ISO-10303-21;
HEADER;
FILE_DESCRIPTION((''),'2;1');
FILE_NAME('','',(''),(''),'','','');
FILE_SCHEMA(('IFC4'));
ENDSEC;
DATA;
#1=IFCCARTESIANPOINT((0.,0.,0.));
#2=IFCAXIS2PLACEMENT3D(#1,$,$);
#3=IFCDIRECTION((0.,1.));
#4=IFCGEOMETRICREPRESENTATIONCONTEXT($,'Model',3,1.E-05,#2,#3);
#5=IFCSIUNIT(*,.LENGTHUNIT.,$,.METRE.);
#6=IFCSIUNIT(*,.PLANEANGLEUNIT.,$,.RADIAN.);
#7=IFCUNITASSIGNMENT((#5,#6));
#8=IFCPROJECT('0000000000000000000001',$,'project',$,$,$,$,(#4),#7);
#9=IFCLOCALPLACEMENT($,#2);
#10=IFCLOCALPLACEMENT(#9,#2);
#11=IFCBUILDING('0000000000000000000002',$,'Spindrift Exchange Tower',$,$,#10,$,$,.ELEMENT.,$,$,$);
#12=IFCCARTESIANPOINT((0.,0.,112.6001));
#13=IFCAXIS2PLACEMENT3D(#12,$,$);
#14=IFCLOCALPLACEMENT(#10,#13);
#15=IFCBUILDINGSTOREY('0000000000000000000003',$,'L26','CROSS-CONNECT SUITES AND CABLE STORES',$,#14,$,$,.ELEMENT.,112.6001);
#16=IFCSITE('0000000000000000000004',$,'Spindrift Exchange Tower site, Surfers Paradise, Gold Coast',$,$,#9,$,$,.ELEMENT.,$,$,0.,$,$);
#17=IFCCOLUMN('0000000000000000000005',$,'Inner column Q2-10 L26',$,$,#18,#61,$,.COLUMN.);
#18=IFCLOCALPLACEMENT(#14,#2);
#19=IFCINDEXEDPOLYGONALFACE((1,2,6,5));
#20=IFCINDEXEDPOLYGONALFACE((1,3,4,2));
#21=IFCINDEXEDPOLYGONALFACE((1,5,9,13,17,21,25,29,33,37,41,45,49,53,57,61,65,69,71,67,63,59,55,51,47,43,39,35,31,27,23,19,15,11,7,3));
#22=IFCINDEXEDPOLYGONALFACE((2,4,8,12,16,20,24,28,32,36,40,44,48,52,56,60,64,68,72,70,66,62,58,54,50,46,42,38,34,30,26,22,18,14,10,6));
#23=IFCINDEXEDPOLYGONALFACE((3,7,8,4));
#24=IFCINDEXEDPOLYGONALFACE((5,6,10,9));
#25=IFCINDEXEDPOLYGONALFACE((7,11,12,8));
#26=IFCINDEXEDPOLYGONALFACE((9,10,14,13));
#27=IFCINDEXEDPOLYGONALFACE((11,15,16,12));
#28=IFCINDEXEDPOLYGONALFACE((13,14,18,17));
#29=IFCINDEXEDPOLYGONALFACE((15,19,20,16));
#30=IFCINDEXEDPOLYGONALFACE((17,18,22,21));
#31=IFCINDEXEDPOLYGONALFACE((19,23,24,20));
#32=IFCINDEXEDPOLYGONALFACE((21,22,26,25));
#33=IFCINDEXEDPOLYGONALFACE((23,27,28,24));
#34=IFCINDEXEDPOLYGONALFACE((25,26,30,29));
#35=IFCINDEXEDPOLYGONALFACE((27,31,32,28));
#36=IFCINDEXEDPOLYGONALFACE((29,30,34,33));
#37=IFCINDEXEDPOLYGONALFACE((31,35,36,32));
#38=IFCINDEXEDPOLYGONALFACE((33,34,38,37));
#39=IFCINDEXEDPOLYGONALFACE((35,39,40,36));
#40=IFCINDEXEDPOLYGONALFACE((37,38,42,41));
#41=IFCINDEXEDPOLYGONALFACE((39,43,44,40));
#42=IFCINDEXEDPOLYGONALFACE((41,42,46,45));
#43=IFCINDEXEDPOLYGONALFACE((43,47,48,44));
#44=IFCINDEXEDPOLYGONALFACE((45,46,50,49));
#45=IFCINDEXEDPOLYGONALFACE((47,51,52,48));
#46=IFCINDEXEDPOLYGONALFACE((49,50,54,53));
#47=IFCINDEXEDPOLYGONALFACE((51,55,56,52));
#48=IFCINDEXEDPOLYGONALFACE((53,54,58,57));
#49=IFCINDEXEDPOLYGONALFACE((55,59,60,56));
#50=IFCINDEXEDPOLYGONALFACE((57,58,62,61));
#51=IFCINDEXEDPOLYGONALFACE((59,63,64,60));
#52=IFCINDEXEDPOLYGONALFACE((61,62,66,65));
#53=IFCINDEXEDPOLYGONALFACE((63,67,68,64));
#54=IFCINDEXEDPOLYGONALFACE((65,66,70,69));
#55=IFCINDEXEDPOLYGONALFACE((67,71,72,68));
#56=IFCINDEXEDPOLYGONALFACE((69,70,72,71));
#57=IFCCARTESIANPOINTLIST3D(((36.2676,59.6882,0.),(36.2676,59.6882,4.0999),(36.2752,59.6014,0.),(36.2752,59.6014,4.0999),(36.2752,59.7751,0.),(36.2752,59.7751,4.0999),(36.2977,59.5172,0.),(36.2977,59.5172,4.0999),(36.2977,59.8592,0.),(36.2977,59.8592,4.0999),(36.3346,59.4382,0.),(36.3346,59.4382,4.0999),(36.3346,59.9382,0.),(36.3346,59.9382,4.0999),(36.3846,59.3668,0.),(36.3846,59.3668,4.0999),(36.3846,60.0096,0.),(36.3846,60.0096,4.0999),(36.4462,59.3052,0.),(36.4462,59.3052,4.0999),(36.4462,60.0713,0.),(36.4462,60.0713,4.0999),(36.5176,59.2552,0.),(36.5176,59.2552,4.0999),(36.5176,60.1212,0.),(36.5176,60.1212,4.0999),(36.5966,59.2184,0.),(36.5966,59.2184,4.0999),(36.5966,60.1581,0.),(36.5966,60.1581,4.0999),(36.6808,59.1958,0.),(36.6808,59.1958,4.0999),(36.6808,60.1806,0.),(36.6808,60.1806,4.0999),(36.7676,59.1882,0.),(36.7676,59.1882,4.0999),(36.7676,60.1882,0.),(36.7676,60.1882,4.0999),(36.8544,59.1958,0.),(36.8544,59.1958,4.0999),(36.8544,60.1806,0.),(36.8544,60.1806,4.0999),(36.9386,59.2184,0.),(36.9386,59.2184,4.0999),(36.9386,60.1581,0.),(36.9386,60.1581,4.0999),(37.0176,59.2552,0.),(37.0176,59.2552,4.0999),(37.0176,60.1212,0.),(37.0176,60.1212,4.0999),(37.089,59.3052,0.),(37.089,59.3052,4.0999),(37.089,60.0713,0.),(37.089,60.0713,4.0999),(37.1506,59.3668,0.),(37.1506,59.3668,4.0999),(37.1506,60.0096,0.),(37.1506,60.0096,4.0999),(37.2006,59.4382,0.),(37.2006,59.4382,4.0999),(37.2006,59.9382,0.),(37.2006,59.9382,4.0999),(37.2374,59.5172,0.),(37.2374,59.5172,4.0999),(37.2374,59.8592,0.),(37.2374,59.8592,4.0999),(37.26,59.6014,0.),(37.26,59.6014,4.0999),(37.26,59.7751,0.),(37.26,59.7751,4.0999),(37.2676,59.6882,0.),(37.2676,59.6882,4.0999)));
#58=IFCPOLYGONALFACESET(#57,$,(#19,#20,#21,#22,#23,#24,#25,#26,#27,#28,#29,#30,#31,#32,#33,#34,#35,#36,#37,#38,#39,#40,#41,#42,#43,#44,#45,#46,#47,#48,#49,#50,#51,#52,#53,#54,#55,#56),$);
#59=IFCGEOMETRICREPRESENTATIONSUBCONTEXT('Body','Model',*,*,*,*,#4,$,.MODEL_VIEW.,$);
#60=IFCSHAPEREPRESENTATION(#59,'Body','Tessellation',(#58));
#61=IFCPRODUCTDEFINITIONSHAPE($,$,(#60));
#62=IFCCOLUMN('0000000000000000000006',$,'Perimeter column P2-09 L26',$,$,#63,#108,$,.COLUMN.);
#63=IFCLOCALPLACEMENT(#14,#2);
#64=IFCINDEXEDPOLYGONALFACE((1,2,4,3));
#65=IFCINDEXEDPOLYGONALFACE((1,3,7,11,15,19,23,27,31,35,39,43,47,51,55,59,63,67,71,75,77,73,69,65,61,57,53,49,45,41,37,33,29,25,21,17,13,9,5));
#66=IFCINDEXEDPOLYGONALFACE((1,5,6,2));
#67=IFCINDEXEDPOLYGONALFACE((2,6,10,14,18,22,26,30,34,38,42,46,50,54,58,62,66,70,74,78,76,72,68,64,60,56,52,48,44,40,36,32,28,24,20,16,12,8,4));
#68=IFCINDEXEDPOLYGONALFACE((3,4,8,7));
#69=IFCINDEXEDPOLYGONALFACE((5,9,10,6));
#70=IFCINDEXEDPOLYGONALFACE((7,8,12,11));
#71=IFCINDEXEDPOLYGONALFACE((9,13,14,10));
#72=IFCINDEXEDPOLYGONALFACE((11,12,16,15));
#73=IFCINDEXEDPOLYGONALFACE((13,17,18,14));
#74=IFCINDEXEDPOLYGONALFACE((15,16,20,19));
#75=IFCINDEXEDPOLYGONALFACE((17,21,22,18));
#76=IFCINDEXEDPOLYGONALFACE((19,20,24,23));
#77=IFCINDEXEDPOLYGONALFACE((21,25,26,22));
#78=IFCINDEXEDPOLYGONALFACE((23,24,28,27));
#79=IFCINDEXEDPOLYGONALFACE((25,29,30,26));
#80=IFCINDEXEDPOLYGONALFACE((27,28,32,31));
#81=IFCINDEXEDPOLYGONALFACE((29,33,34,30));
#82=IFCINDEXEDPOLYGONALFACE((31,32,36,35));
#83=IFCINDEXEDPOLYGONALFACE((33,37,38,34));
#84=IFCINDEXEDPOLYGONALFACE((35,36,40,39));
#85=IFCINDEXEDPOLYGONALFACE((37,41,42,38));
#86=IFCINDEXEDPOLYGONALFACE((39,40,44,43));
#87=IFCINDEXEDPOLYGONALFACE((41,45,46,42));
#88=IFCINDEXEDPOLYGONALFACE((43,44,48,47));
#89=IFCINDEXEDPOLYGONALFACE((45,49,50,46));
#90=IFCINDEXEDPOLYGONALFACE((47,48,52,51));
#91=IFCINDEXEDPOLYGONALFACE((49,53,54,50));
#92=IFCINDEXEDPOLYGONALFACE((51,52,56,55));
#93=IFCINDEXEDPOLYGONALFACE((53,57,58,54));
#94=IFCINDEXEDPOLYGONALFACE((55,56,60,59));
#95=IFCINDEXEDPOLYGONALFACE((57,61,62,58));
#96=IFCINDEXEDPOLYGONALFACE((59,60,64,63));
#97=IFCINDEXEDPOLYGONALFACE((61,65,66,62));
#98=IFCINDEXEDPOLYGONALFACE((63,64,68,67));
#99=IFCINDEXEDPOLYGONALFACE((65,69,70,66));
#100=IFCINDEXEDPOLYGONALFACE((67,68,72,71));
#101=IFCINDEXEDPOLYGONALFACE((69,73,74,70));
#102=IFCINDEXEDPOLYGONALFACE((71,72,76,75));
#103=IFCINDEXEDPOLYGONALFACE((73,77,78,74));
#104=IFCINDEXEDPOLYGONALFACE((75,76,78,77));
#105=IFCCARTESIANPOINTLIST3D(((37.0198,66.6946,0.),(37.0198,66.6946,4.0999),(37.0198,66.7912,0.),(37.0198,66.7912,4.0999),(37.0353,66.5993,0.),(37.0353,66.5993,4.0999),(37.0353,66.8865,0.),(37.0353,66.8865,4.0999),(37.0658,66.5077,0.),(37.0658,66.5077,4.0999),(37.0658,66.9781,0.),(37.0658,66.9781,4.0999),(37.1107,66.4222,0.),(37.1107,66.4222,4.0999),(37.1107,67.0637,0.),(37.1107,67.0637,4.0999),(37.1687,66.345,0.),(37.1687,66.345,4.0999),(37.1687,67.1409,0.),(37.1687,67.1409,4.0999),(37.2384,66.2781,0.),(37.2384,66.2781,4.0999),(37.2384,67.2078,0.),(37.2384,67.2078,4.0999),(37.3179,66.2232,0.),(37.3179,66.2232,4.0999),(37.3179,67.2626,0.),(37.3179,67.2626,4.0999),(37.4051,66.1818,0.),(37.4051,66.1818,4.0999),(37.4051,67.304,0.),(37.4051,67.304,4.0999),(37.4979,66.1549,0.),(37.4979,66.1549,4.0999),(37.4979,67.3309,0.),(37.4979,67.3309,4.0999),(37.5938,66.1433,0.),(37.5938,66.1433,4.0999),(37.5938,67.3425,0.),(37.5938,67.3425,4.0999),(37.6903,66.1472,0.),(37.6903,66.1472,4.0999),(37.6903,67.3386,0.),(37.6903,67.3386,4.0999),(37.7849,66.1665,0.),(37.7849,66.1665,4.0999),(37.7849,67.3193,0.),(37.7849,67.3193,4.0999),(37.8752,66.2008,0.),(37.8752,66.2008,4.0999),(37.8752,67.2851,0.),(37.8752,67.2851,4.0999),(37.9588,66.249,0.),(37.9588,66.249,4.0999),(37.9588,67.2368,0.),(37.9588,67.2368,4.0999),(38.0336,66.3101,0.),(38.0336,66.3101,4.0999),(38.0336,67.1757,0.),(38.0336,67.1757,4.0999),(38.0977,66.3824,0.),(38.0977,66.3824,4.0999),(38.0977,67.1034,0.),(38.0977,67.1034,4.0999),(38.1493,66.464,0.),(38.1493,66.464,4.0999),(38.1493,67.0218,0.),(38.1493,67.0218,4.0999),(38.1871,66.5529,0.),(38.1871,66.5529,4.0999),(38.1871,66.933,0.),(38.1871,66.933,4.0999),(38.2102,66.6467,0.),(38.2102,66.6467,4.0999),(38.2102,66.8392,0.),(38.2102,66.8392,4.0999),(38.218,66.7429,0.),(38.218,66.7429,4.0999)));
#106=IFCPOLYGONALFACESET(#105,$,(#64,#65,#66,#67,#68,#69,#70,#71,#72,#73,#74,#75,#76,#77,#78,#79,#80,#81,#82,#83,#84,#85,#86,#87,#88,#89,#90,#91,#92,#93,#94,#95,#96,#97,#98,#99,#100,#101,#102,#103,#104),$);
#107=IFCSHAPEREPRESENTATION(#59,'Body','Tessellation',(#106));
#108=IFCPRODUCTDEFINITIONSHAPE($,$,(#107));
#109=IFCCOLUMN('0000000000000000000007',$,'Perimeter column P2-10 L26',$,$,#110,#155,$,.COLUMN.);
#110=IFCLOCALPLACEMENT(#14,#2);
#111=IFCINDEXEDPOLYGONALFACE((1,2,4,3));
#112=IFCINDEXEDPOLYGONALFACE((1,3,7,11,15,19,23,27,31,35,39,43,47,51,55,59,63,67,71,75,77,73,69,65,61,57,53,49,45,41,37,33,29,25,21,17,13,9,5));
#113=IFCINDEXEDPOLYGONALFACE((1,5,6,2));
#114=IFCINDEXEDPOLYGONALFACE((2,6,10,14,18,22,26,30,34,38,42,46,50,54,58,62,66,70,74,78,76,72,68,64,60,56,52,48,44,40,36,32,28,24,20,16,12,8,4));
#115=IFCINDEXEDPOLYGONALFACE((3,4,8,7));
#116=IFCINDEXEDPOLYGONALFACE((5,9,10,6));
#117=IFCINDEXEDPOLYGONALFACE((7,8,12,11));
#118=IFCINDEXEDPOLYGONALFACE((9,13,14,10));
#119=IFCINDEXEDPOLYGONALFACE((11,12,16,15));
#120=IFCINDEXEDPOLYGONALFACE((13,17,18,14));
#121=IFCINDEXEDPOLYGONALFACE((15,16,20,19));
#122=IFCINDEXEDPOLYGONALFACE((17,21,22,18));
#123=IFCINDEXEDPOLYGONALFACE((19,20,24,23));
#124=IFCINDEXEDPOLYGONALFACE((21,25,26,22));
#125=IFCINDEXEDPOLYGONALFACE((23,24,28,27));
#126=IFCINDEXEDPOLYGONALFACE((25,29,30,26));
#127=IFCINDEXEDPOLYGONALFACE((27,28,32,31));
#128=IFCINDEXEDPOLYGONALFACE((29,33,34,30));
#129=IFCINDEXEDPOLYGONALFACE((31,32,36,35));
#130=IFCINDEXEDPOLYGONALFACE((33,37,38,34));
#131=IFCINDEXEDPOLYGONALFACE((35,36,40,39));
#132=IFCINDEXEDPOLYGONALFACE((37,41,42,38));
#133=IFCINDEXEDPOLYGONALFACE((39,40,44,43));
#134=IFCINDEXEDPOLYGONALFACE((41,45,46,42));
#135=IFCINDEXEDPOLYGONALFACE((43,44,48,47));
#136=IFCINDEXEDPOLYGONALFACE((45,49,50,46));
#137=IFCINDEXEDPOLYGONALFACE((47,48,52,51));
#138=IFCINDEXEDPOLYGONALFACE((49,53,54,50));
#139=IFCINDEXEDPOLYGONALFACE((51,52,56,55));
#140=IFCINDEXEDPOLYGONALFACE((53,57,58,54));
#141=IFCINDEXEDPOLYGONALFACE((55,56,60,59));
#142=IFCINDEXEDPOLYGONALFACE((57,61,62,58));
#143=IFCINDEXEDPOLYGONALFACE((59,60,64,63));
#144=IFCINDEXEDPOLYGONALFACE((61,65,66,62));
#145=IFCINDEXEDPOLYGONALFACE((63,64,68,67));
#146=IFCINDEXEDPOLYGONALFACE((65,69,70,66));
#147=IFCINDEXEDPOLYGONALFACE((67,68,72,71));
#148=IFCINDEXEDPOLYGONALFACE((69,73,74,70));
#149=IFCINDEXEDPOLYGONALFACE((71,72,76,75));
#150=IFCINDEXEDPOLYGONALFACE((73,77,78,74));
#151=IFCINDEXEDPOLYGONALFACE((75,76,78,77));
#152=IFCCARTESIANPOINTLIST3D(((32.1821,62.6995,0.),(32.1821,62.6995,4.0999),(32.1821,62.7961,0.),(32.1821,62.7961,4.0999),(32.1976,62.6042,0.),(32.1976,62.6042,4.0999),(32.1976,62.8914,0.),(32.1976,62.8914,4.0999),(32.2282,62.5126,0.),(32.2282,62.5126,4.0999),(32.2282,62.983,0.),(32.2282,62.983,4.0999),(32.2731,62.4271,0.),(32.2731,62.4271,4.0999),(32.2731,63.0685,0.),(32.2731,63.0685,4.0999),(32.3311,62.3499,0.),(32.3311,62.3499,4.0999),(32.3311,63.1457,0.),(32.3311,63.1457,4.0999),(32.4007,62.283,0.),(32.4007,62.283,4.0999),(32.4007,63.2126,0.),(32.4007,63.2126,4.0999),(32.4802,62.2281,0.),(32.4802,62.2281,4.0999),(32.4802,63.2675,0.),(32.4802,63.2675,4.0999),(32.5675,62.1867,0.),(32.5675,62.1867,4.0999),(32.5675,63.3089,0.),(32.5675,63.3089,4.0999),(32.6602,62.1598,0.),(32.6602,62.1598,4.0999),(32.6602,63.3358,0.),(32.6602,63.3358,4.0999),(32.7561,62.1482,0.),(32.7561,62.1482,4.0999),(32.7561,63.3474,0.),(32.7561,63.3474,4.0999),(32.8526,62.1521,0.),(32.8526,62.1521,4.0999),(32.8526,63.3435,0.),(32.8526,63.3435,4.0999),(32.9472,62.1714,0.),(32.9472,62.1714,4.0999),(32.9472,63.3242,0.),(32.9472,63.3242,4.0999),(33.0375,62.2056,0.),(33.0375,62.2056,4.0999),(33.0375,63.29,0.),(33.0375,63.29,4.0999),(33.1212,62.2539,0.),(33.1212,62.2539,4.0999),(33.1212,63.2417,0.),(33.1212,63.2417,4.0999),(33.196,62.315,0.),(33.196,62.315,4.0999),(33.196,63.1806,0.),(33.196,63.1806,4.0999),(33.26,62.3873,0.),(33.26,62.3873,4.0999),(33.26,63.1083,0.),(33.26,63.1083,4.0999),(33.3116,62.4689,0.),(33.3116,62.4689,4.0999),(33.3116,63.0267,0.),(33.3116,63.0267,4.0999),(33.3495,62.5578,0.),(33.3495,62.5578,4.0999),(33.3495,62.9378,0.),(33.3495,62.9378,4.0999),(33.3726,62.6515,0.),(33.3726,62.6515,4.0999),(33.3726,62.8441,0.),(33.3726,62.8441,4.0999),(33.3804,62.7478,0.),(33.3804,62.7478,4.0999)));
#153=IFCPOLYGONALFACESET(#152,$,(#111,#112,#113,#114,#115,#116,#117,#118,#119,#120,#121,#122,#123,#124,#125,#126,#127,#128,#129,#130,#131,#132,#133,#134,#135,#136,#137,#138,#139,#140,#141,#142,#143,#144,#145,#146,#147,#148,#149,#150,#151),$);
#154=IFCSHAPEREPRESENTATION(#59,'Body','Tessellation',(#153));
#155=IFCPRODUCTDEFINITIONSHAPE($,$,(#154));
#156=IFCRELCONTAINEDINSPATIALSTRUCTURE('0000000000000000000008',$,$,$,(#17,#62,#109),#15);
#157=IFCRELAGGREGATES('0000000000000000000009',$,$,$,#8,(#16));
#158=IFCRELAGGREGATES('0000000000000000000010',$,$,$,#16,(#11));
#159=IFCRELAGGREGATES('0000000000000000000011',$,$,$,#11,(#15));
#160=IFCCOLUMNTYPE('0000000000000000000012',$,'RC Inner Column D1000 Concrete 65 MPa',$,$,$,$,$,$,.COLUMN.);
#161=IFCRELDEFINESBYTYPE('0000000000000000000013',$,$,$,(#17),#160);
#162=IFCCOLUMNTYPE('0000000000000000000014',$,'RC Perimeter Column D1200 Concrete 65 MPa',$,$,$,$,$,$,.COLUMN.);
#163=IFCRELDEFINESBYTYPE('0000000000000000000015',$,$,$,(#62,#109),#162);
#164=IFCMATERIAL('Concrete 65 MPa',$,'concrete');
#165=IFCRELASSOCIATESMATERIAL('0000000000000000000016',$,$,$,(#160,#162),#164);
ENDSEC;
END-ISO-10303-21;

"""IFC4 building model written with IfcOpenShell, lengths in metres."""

from ifc_helpers import new_model, si_unit, direction, frame, origin, origin_2d, place, context, subcontext, project, spatial, circle, extrude, source, transform, mapped, material, material_profile, profile_set, type_object, element, save


model = new_model("IFC4")

# Units and contexts
model_context = context("Model", 3, precision=1e-05, world=origin(), true_north=direction((0.0, 1.0)))
body_context = subcontext(model_context, "Body", "Model", "MODEL_VIEW")
ifc_project = project(units=[si_unit("LENGTHUNIT", "METRE"), si_unit("PLANEANGLEUNIT", "RADIAN")], contexts=[model_context])

# Site, building, storey
site_placement = place(None, origin())
site = spatial("IfcSite", under=ifc_project, at=site_placement, Name="Spindrift Exchange Tower site, Surfers Paradise, Gold Coast", CompositionType="ELEMENT", RefElevation=0.0)
building_placement = place(site_placement, origin())
building = spatial("IfcBuilding", under=site, at=building_placement, Name="Spindrift Exchange Tower", CompositionType="ELEMENT")
storey_placement = place(building_placement, frame((0.0, 0.0, 112.6001)))
storey = spatial("IfcBuildingStorey", under=building, at=storey_placement, Name="L26", Description="CROSS-CONNECT SUITES AND CABLE STORES", CompositionType="ELEMENT", Elevation=112.6001)

# Columns
ifc_material_1 = material(Name="Concrete 65 MPa", Category="concrete")
ifc_material_profile_1 = material_profile(ifc_material_1, circle(Radius=0.5, at=origin_2d()), Name="RC D1000")
ifc_profile_set_1 = profile_set([ifc_material_profile_1], Name="Concrete 65 MPa")
column_type_1 = type_object("IfcColumnType", Name="RC Inner Column D1000 Concrete 65 MPa", PredefinedType="COLUMN", material=ifc_profile_set_1)
shared_shape_1 = source(origin(), body_context, "Body", "SweptSolid", [
    extrude(circle(Radius=0.5, at=origin_2d()), origin(), (0.0, 0.0, 1.0), 4.0999),
])
column_placement = place(storey_placement, frame((36.7676, 59.6882, 0.0), z_axis=(0.0, 0.0, 1.0), x_axis=(1.0, 0.0, 0.0)))
element("IfcColumn", 1, at=column_placement, inside=storey, type_object=column_type_1, Name="Inner column Q2-10 L26", PredefinedType="COLUMN", context=body_context, shape_type="MappedRepresentation", body=[
    mapped(shared_shape_1, transform((0.0, 0.0, 0.0), scale=1.0)),
])
ifc_material_profile_2 = material_profile(ifc_material_1, circle(Radius=0.6001, at=origin_2d()), Name="RC D1200")
ifc_profile_set_2 = profile_set([ifc_material_profile_2], Name="Concrete 65 MPa")
column_type_2 = type_object("IfcColumnType", Name="RC Perimeter Column D1200 Concrete 65 MPa", PredefinedType="COLUMN", material=ifc_profile_set_2)
shared_shape_2 = source(origin(), body_context, "Body", "SweptSolid", [
    extrude(circle(Radius=0.6001, at=origin_2d()), origin(), (0.0, 0.0, 1.0), 4.0999),
])
for number, where, z_axis, x_axis, name in (
    (2, (37.6179, 66.7429, 0.0), (0.0, 0.0, 1.0), (1.0, 0.0, 0.0), "Perimeter column P2-09 L26"),
    (3, (32.7803, 62.7478, 0.0), (0.0, 0.0, 1.0), (1.0, 0.0, 0.0), "Perimeter column P2-10 L26"),
):
    element("IfcColumn", number, at=place(storey_placement, frame(where, z_axis=z_axis, x_axis=x_axis)), inside=storey, type_object=column_type_2, Name=name, PredefinedType="COLUMN", context=body_context, shape_type="MappedRepresentation", body=[
        mapped(shared_shape_2, transform((0.0, 0.0, 0.0), scale=1.0)),
    ])

save(model, "model.ifc")
